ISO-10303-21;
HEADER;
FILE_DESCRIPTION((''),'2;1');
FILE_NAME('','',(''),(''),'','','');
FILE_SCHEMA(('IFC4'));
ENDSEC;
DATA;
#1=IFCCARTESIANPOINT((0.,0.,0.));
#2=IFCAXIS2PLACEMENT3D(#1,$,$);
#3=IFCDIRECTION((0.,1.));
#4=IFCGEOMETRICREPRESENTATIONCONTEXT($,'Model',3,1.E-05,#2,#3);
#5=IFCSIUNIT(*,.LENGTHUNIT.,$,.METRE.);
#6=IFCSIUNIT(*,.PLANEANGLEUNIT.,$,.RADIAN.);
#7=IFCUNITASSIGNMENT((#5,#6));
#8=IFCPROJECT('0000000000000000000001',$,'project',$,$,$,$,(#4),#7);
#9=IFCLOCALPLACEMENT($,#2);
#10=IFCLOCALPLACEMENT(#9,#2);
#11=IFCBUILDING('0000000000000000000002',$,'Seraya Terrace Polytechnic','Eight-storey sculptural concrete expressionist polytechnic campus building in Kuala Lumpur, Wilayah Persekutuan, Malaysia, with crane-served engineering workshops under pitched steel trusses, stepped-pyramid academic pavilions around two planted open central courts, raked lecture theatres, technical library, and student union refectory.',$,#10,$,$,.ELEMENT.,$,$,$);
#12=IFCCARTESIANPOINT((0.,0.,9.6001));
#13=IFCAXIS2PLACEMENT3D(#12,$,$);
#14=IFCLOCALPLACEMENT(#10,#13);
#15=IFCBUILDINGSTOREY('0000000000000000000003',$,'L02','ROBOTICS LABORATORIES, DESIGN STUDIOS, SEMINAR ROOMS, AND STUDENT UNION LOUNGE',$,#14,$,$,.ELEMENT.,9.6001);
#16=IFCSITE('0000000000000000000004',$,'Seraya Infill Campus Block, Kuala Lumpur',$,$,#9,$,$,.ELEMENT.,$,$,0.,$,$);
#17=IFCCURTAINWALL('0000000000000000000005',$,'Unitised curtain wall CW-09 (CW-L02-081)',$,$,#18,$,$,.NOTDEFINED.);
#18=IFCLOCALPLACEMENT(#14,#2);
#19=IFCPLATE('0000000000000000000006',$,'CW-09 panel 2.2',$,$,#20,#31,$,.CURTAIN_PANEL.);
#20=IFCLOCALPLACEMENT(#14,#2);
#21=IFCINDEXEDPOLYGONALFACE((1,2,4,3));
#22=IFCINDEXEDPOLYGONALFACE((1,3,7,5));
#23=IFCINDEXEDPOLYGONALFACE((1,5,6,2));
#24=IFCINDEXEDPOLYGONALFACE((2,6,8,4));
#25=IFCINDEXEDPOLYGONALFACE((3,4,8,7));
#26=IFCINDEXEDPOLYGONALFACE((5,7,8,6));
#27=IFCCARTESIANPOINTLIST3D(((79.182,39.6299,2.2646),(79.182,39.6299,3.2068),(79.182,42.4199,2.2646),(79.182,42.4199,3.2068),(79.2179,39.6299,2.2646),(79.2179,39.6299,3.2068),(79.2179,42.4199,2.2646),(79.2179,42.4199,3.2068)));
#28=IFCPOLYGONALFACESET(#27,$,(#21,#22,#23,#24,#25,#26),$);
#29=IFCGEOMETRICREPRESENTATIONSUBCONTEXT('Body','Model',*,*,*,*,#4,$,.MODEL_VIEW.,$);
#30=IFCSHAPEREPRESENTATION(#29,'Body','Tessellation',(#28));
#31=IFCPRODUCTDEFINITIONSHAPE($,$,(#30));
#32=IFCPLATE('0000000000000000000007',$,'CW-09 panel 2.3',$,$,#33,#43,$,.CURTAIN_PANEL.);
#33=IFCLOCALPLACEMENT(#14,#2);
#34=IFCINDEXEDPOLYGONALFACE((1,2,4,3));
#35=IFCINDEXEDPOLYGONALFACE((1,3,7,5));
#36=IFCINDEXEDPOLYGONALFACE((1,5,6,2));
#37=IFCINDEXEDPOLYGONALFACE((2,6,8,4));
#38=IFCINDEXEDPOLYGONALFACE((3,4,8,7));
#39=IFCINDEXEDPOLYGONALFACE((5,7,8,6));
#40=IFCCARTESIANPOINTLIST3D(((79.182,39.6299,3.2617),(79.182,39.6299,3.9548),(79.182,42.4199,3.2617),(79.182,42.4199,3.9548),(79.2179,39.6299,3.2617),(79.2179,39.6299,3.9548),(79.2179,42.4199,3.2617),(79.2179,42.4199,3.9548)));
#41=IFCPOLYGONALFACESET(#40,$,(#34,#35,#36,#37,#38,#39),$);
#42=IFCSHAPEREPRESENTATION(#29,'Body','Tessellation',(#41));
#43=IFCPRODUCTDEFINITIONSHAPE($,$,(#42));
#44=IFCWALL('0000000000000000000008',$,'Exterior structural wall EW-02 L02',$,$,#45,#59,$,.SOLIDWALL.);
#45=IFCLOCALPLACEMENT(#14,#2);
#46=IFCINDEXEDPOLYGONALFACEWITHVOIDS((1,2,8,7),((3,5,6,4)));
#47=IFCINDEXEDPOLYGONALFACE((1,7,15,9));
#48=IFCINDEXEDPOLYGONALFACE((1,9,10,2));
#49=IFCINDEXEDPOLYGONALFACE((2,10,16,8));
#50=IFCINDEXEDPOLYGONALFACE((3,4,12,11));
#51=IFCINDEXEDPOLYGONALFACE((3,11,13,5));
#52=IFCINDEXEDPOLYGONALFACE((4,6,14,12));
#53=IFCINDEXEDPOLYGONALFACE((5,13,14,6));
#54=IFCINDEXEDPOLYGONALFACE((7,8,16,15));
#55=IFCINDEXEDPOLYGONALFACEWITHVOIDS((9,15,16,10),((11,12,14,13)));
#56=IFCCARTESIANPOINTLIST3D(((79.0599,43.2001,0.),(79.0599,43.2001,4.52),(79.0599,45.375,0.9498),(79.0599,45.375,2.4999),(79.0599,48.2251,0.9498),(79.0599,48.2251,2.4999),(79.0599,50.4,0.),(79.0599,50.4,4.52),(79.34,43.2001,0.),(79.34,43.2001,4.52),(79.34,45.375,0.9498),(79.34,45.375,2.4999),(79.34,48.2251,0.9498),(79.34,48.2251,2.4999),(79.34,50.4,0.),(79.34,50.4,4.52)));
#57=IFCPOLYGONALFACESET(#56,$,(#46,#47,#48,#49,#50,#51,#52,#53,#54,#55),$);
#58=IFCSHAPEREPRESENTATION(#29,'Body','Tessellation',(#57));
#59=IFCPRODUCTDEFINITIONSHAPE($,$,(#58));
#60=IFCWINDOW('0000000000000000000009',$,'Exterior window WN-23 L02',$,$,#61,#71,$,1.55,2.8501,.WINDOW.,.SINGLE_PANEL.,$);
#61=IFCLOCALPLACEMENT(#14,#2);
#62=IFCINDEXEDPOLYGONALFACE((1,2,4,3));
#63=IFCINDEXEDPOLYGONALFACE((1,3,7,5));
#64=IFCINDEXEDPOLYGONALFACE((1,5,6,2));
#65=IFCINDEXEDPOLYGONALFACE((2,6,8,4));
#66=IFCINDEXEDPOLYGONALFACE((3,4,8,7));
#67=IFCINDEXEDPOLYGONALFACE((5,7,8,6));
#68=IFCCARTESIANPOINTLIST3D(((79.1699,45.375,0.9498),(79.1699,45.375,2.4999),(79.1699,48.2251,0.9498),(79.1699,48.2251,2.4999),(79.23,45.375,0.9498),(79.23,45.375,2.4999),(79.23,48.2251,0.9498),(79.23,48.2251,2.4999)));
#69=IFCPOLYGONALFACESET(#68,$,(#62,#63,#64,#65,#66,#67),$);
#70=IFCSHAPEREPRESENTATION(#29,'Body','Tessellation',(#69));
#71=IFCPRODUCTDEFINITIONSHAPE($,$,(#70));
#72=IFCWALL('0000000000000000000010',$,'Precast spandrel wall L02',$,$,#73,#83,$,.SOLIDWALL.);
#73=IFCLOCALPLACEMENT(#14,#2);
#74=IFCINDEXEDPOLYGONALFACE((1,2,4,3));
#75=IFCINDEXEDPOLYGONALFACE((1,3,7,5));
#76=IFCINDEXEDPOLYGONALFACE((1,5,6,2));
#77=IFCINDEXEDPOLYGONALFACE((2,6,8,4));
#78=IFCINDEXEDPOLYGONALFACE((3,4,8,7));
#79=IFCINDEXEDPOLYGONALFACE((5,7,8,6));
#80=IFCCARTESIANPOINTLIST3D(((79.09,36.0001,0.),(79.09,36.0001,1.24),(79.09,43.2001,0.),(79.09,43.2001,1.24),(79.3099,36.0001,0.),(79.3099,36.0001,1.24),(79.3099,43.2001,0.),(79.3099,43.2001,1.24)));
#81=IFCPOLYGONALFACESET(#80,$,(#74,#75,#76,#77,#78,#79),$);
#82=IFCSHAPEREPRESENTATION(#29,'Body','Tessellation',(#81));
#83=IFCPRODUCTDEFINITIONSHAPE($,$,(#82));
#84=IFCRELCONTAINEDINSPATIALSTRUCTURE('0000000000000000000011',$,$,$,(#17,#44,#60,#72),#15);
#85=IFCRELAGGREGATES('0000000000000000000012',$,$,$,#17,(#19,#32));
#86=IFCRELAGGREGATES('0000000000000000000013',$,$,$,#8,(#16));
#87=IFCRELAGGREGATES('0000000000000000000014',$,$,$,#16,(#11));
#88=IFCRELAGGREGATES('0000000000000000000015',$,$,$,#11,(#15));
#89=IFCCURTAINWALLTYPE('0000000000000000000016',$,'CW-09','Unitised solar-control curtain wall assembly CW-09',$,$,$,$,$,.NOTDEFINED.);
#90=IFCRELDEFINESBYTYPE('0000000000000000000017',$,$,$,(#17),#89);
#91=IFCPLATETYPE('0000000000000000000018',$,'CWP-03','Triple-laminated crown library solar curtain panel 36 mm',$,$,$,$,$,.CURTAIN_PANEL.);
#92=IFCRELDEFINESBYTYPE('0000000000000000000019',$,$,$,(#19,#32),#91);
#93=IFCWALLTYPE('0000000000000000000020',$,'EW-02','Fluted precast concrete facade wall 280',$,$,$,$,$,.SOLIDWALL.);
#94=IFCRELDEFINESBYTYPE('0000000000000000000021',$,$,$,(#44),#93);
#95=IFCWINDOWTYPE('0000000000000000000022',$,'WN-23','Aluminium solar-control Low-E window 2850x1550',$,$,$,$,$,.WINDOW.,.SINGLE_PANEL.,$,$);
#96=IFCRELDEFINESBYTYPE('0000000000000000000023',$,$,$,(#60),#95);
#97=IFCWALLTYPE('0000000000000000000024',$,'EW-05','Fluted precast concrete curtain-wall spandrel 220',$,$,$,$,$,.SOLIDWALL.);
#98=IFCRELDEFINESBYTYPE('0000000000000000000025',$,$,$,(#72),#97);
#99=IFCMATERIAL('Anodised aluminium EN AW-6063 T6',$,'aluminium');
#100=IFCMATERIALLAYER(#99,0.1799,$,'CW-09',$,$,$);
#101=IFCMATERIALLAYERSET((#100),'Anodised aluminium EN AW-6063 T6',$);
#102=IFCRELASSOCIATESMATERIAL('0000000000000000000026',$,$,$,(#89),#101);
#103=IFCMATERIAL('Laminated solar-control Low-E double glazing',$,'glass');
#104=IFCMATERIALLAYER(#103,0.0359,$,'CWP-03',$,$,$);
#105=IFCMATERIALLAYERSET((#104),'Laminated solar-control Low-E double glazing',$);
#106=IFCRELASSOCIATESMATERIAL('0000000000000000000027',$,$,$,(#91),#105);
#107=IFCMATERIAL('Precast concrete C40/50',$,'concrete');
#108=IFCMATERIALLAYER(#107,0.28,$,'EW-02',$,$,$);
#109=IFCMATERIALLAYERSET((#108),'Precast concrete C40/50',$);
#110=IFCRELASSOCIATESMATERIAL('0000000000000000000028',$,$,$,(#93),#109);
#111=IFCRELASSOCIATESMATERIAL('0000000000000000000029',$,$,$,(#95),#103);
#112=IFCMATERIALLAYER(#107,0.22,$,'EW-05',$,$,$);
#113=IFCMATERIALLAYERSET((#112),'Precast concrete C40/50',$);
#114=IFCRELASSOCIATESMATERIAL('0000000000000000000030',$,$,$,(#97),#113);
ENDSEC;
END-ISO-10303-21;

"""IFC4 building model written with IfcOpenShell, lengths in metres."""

from ifc_helpers import new_model, si_unit, direction, frame, frame_2d, origin, origin_2d, place, context, subcontext, project, spatial, rectangle, extrude, material, layer, layer_set, type_object, element, fill, aggregate, save


model = new_model("IFC4")

# Units and contexts
model_context = context("Model", 3, precision=1e-05, world=origin(), true_north=direction((0.0, 1.0)))
body_context = subcontext(model_context, "Body", "Model", "MODEL_VIEW")
ifc_project = project(units=[si_unit("LENGTHUNIT", "METRE"), si_unit("PLANEANGLEUNIT", "RADIAN")], contexts=[model_context])

# Site, building, storey
site_placement = place(None, origin())
site = spatial("IfcSite", under=ifc_project, at=site_placement, Name="Seraya Infill Campus Block, Kuala Lumpur", CompositionType="ELEMENT", RefElevation=0.0)
building_placement = place(site_placement, origin())
building = spatial("IfcBuilding", under=site, at=building_placement, Name="Seraya Terrace Polytechnic", Description="Eight-storey sculptural concrete expressionist polytechnic campus building in Kuala Lumpur, Wilayah Persekutuan, Malaysia, with crane-served engineering workshops under pitched steel trusses, stepped-pyramid academic pavilions around two planted open central courts, raked lecture theatres, technical library, and student union refectory.", CompositionType="ELEMENT")
storey_placement = place(building_placement, frame((0.0, 0.0, 9.6001)))
storey = spatial("IfcBuildingStorey", under=building, at=storey_placement, Name="L02", Description="ROBOTICS LABORATORIES, DESIGN STUDIOS, SEMINAR ROOMS, AND STUDENT UNION LOUNGE", CompositionType="ELEMENT", Elevation=9.6001)

# Curtain wall, plates
ifc_material_1 = material(Name="Anodised aluminium EN AW-6063 T6", Category="aluminium")
ifc_layer_1 = layer(ifc_material_1, 0.1799, Name="CW-09")
ifc_layer_set_1 = layer_set([ifc_layer_1], Name="Anodised aluminium EN AW-6063 T6")
curtain_wall_type = type_object("IfcCurtainWallType", Name="CW-09", Description="Unitised solar-control curtain wall assembly CW-09", PredefinedType="NOTDEFINED", material=ifc_layer_set_1)
curtain_wall_placement = place(storey_placement, origin())
curtain_wall = element("IfcCurtainWall", 1, at=curtain_wall_placement, inside=storey, type_object=curtain_wall_type, Name="Unitised curtain wall CW-09 (CW-L02-081)", PredefinedType="NOTDEFINED")
ifc_material_2 = material(Name="Laminated solar-control Low-E double glazing", Category="glass")
ifc_layer_2 = layer(ifc_material_2, 0.0359, Name="CWP-03")
ifc_layer_set_2 = layer_set([ifc_layer_2], Name="Laminated solar-control Low-E double glazing")
plate_type = type_object("IfcPlateType", Name="CWP-03", Description="Triple-laminated crown library solar curtain panel 36 mm", PredefinedType="CURTAIN_PANEL", material=ifc_layer_set_2)
plate_1_placement = place(storey_placement, frame((79.2, 41.0249, 2.2646), z_axis=(0.0, 0.0, 1.0), x_axis=(0.0, 1.0, 0.0)))
plate_1 = element("IfcPlate", 2, at=plate_1_placement, type_object=plate_type, Name="CW-09 panel 2.2", PredefinedType="CURTAIN_PANEL", context=body_context, shape_type="SweptSolid", body=[
    extrude(rectangle(XDim=2.79, YDim=0.0359, at=origin_2d()), origin(), (0.0, 0.0, 1.0), 0.9421),
])
plate_2_placement = place(storey_placement, frame((79.2, 41.0249, 3.2617), z_axis=(0.0, 0.0, 1.0), x_axis=(0.0, 1.0, 0.0)))
plate_2 = element("IfcPlate", 3, at=plate_2_placement, type_object=plate_type, Name="CW-09 panel 2.3", PredefinedType="CURTAIN_PANEL", context=body_context, shape_type="SweptSolid", body=[
    extrude(rectangle(XDim=2.79, YDim=0.0359, at=origin_2d()), origin(), (0.0, 0.0, 1.0), 0.6931),
])
aggregate(curtain_wall, [plate_1, plate_2])

# Wall, opening, window
ifc_material_3 = material(Name="Precast concrete C40/50", Category="concrete")
ifc_layer_3 = layer(ifc_material_3, 0.28, Name="EW-02")
ifc_layer_set_3 = layer_set([ifc_layer_3], Name="Precast concrete C40/50")
wall_type_1 = type_object("IfcWallType", Name="EW-02", Description="Fluted precast concrete facade wall 280", PredefinedType="SOLIDWALL", material=ifc_layer_set_3)
wall_1_placement = place(storey_placement, frame((79.2, 43.2, 0.0), z_axis=(0.0, 0.0, 1.0), x_axis=(0.0, 1.0, 0.0)))
wall_1 = element("IfcWall", 4, at=wall_1_placement, inside=storey, type_object=wall_type_1, Name="Exterior structural wall EW-02 L02", PredefinedType="SOLIDWALL", context=body_context, shape_type="SweptSolid", body=[
    extrude(rectangle(XDim=7.2, YDim=0.28, at=frame_2d((3.6001, 0.0))), origin(), (0.0, 0.0, 1.0), 4.52),
])
opening_1_placement = place(wall_1_placement, frame((2.175, 0.0, 0.95)))
opening_1 = element("IfcOpeningElement", 5, at=opening_1_placement, cuts=wall_1, PredefinedType="OPENING", context=body_context, shape_type="SweptSolid", body=[
    extrude(rectangle(XDim=2.8501, YDim=1.55, at=frame_2d((1.425, 0.7749))), frame((0.0, 0.1519, 0.0), z_axis=(0.0, -1.0, 0.0), x_axis=(1.0, 0.0, 0.0)), (0.0, 0.0, 1.0), 0.304),
])
window_type = type_object("IfcWindowType", Name="WN-23", Description="Aluminium solar-control Low-E window 2850x1550", PartitioningType="SINGLE_PANEL", PredefinedType="WINDOW", material=ifc_material_2)
window_placement = place(opening_1_placement, origin())
window = element("IfcWindow", 6, at=window_placement, inside=storey, type_object=window_type, Name="Exterior window WN-23 L02", OverallHeight=1.55, OverallWidth=2.8501, PartitioningType="SINGLE_PANEL", PredefinedType="WINDOW", context=body_context, shape_type="SweptSolid", body=[
    extrude(rectangle(XDim=2.8501, YDim=1.55, at=frame_2d((1.425, 0.7749))), frame((0.0, 0.03, 0.0), z_axis=(0.0, -1.0, 0.0), x_axis=(1.0, 0.0, 0.0)), (0.0, 0.0, 1.0), 0.0601),
])
fill(opening_1, window)

# Wall
ifc_layer_4 = layer(ifc_material_3, 0.22, Name="EW-05")
ifc_layer_set_4 = layer_set([ifc_layer_4], Name="Precast concrete C40/50")
wall_type_2 = type_object("IfcWallType", Name="EW-05", Description="Fluted precast concrete curtain-wall spandrel 220", PredefinedType="SOLIDWALL", material=ifc_layer_set_4)
wall_2_placement = place(storey_placement, frame((79.2, 36.0, 0.0), z_axis=(0.0, 0.0, 1.0), x_axis=(0.0, 1.0, 0.0)))
element("IfcWall", 7, at=wall_2_placement, inside=storey, type_object=wall_type_2, Name="Precast spandrel wall L02", PredefinedType="SOLIDWALL", context=body_context, shape_type="SweptSolid", body=[
    extrude(rectangle(XDim=7.2, YDim=0.22, at=frame_2d((3.6001, 0.0))), origin(), (0.0, 0.0, 1.0), 1.24),
])

save(model, "model.ifc")
